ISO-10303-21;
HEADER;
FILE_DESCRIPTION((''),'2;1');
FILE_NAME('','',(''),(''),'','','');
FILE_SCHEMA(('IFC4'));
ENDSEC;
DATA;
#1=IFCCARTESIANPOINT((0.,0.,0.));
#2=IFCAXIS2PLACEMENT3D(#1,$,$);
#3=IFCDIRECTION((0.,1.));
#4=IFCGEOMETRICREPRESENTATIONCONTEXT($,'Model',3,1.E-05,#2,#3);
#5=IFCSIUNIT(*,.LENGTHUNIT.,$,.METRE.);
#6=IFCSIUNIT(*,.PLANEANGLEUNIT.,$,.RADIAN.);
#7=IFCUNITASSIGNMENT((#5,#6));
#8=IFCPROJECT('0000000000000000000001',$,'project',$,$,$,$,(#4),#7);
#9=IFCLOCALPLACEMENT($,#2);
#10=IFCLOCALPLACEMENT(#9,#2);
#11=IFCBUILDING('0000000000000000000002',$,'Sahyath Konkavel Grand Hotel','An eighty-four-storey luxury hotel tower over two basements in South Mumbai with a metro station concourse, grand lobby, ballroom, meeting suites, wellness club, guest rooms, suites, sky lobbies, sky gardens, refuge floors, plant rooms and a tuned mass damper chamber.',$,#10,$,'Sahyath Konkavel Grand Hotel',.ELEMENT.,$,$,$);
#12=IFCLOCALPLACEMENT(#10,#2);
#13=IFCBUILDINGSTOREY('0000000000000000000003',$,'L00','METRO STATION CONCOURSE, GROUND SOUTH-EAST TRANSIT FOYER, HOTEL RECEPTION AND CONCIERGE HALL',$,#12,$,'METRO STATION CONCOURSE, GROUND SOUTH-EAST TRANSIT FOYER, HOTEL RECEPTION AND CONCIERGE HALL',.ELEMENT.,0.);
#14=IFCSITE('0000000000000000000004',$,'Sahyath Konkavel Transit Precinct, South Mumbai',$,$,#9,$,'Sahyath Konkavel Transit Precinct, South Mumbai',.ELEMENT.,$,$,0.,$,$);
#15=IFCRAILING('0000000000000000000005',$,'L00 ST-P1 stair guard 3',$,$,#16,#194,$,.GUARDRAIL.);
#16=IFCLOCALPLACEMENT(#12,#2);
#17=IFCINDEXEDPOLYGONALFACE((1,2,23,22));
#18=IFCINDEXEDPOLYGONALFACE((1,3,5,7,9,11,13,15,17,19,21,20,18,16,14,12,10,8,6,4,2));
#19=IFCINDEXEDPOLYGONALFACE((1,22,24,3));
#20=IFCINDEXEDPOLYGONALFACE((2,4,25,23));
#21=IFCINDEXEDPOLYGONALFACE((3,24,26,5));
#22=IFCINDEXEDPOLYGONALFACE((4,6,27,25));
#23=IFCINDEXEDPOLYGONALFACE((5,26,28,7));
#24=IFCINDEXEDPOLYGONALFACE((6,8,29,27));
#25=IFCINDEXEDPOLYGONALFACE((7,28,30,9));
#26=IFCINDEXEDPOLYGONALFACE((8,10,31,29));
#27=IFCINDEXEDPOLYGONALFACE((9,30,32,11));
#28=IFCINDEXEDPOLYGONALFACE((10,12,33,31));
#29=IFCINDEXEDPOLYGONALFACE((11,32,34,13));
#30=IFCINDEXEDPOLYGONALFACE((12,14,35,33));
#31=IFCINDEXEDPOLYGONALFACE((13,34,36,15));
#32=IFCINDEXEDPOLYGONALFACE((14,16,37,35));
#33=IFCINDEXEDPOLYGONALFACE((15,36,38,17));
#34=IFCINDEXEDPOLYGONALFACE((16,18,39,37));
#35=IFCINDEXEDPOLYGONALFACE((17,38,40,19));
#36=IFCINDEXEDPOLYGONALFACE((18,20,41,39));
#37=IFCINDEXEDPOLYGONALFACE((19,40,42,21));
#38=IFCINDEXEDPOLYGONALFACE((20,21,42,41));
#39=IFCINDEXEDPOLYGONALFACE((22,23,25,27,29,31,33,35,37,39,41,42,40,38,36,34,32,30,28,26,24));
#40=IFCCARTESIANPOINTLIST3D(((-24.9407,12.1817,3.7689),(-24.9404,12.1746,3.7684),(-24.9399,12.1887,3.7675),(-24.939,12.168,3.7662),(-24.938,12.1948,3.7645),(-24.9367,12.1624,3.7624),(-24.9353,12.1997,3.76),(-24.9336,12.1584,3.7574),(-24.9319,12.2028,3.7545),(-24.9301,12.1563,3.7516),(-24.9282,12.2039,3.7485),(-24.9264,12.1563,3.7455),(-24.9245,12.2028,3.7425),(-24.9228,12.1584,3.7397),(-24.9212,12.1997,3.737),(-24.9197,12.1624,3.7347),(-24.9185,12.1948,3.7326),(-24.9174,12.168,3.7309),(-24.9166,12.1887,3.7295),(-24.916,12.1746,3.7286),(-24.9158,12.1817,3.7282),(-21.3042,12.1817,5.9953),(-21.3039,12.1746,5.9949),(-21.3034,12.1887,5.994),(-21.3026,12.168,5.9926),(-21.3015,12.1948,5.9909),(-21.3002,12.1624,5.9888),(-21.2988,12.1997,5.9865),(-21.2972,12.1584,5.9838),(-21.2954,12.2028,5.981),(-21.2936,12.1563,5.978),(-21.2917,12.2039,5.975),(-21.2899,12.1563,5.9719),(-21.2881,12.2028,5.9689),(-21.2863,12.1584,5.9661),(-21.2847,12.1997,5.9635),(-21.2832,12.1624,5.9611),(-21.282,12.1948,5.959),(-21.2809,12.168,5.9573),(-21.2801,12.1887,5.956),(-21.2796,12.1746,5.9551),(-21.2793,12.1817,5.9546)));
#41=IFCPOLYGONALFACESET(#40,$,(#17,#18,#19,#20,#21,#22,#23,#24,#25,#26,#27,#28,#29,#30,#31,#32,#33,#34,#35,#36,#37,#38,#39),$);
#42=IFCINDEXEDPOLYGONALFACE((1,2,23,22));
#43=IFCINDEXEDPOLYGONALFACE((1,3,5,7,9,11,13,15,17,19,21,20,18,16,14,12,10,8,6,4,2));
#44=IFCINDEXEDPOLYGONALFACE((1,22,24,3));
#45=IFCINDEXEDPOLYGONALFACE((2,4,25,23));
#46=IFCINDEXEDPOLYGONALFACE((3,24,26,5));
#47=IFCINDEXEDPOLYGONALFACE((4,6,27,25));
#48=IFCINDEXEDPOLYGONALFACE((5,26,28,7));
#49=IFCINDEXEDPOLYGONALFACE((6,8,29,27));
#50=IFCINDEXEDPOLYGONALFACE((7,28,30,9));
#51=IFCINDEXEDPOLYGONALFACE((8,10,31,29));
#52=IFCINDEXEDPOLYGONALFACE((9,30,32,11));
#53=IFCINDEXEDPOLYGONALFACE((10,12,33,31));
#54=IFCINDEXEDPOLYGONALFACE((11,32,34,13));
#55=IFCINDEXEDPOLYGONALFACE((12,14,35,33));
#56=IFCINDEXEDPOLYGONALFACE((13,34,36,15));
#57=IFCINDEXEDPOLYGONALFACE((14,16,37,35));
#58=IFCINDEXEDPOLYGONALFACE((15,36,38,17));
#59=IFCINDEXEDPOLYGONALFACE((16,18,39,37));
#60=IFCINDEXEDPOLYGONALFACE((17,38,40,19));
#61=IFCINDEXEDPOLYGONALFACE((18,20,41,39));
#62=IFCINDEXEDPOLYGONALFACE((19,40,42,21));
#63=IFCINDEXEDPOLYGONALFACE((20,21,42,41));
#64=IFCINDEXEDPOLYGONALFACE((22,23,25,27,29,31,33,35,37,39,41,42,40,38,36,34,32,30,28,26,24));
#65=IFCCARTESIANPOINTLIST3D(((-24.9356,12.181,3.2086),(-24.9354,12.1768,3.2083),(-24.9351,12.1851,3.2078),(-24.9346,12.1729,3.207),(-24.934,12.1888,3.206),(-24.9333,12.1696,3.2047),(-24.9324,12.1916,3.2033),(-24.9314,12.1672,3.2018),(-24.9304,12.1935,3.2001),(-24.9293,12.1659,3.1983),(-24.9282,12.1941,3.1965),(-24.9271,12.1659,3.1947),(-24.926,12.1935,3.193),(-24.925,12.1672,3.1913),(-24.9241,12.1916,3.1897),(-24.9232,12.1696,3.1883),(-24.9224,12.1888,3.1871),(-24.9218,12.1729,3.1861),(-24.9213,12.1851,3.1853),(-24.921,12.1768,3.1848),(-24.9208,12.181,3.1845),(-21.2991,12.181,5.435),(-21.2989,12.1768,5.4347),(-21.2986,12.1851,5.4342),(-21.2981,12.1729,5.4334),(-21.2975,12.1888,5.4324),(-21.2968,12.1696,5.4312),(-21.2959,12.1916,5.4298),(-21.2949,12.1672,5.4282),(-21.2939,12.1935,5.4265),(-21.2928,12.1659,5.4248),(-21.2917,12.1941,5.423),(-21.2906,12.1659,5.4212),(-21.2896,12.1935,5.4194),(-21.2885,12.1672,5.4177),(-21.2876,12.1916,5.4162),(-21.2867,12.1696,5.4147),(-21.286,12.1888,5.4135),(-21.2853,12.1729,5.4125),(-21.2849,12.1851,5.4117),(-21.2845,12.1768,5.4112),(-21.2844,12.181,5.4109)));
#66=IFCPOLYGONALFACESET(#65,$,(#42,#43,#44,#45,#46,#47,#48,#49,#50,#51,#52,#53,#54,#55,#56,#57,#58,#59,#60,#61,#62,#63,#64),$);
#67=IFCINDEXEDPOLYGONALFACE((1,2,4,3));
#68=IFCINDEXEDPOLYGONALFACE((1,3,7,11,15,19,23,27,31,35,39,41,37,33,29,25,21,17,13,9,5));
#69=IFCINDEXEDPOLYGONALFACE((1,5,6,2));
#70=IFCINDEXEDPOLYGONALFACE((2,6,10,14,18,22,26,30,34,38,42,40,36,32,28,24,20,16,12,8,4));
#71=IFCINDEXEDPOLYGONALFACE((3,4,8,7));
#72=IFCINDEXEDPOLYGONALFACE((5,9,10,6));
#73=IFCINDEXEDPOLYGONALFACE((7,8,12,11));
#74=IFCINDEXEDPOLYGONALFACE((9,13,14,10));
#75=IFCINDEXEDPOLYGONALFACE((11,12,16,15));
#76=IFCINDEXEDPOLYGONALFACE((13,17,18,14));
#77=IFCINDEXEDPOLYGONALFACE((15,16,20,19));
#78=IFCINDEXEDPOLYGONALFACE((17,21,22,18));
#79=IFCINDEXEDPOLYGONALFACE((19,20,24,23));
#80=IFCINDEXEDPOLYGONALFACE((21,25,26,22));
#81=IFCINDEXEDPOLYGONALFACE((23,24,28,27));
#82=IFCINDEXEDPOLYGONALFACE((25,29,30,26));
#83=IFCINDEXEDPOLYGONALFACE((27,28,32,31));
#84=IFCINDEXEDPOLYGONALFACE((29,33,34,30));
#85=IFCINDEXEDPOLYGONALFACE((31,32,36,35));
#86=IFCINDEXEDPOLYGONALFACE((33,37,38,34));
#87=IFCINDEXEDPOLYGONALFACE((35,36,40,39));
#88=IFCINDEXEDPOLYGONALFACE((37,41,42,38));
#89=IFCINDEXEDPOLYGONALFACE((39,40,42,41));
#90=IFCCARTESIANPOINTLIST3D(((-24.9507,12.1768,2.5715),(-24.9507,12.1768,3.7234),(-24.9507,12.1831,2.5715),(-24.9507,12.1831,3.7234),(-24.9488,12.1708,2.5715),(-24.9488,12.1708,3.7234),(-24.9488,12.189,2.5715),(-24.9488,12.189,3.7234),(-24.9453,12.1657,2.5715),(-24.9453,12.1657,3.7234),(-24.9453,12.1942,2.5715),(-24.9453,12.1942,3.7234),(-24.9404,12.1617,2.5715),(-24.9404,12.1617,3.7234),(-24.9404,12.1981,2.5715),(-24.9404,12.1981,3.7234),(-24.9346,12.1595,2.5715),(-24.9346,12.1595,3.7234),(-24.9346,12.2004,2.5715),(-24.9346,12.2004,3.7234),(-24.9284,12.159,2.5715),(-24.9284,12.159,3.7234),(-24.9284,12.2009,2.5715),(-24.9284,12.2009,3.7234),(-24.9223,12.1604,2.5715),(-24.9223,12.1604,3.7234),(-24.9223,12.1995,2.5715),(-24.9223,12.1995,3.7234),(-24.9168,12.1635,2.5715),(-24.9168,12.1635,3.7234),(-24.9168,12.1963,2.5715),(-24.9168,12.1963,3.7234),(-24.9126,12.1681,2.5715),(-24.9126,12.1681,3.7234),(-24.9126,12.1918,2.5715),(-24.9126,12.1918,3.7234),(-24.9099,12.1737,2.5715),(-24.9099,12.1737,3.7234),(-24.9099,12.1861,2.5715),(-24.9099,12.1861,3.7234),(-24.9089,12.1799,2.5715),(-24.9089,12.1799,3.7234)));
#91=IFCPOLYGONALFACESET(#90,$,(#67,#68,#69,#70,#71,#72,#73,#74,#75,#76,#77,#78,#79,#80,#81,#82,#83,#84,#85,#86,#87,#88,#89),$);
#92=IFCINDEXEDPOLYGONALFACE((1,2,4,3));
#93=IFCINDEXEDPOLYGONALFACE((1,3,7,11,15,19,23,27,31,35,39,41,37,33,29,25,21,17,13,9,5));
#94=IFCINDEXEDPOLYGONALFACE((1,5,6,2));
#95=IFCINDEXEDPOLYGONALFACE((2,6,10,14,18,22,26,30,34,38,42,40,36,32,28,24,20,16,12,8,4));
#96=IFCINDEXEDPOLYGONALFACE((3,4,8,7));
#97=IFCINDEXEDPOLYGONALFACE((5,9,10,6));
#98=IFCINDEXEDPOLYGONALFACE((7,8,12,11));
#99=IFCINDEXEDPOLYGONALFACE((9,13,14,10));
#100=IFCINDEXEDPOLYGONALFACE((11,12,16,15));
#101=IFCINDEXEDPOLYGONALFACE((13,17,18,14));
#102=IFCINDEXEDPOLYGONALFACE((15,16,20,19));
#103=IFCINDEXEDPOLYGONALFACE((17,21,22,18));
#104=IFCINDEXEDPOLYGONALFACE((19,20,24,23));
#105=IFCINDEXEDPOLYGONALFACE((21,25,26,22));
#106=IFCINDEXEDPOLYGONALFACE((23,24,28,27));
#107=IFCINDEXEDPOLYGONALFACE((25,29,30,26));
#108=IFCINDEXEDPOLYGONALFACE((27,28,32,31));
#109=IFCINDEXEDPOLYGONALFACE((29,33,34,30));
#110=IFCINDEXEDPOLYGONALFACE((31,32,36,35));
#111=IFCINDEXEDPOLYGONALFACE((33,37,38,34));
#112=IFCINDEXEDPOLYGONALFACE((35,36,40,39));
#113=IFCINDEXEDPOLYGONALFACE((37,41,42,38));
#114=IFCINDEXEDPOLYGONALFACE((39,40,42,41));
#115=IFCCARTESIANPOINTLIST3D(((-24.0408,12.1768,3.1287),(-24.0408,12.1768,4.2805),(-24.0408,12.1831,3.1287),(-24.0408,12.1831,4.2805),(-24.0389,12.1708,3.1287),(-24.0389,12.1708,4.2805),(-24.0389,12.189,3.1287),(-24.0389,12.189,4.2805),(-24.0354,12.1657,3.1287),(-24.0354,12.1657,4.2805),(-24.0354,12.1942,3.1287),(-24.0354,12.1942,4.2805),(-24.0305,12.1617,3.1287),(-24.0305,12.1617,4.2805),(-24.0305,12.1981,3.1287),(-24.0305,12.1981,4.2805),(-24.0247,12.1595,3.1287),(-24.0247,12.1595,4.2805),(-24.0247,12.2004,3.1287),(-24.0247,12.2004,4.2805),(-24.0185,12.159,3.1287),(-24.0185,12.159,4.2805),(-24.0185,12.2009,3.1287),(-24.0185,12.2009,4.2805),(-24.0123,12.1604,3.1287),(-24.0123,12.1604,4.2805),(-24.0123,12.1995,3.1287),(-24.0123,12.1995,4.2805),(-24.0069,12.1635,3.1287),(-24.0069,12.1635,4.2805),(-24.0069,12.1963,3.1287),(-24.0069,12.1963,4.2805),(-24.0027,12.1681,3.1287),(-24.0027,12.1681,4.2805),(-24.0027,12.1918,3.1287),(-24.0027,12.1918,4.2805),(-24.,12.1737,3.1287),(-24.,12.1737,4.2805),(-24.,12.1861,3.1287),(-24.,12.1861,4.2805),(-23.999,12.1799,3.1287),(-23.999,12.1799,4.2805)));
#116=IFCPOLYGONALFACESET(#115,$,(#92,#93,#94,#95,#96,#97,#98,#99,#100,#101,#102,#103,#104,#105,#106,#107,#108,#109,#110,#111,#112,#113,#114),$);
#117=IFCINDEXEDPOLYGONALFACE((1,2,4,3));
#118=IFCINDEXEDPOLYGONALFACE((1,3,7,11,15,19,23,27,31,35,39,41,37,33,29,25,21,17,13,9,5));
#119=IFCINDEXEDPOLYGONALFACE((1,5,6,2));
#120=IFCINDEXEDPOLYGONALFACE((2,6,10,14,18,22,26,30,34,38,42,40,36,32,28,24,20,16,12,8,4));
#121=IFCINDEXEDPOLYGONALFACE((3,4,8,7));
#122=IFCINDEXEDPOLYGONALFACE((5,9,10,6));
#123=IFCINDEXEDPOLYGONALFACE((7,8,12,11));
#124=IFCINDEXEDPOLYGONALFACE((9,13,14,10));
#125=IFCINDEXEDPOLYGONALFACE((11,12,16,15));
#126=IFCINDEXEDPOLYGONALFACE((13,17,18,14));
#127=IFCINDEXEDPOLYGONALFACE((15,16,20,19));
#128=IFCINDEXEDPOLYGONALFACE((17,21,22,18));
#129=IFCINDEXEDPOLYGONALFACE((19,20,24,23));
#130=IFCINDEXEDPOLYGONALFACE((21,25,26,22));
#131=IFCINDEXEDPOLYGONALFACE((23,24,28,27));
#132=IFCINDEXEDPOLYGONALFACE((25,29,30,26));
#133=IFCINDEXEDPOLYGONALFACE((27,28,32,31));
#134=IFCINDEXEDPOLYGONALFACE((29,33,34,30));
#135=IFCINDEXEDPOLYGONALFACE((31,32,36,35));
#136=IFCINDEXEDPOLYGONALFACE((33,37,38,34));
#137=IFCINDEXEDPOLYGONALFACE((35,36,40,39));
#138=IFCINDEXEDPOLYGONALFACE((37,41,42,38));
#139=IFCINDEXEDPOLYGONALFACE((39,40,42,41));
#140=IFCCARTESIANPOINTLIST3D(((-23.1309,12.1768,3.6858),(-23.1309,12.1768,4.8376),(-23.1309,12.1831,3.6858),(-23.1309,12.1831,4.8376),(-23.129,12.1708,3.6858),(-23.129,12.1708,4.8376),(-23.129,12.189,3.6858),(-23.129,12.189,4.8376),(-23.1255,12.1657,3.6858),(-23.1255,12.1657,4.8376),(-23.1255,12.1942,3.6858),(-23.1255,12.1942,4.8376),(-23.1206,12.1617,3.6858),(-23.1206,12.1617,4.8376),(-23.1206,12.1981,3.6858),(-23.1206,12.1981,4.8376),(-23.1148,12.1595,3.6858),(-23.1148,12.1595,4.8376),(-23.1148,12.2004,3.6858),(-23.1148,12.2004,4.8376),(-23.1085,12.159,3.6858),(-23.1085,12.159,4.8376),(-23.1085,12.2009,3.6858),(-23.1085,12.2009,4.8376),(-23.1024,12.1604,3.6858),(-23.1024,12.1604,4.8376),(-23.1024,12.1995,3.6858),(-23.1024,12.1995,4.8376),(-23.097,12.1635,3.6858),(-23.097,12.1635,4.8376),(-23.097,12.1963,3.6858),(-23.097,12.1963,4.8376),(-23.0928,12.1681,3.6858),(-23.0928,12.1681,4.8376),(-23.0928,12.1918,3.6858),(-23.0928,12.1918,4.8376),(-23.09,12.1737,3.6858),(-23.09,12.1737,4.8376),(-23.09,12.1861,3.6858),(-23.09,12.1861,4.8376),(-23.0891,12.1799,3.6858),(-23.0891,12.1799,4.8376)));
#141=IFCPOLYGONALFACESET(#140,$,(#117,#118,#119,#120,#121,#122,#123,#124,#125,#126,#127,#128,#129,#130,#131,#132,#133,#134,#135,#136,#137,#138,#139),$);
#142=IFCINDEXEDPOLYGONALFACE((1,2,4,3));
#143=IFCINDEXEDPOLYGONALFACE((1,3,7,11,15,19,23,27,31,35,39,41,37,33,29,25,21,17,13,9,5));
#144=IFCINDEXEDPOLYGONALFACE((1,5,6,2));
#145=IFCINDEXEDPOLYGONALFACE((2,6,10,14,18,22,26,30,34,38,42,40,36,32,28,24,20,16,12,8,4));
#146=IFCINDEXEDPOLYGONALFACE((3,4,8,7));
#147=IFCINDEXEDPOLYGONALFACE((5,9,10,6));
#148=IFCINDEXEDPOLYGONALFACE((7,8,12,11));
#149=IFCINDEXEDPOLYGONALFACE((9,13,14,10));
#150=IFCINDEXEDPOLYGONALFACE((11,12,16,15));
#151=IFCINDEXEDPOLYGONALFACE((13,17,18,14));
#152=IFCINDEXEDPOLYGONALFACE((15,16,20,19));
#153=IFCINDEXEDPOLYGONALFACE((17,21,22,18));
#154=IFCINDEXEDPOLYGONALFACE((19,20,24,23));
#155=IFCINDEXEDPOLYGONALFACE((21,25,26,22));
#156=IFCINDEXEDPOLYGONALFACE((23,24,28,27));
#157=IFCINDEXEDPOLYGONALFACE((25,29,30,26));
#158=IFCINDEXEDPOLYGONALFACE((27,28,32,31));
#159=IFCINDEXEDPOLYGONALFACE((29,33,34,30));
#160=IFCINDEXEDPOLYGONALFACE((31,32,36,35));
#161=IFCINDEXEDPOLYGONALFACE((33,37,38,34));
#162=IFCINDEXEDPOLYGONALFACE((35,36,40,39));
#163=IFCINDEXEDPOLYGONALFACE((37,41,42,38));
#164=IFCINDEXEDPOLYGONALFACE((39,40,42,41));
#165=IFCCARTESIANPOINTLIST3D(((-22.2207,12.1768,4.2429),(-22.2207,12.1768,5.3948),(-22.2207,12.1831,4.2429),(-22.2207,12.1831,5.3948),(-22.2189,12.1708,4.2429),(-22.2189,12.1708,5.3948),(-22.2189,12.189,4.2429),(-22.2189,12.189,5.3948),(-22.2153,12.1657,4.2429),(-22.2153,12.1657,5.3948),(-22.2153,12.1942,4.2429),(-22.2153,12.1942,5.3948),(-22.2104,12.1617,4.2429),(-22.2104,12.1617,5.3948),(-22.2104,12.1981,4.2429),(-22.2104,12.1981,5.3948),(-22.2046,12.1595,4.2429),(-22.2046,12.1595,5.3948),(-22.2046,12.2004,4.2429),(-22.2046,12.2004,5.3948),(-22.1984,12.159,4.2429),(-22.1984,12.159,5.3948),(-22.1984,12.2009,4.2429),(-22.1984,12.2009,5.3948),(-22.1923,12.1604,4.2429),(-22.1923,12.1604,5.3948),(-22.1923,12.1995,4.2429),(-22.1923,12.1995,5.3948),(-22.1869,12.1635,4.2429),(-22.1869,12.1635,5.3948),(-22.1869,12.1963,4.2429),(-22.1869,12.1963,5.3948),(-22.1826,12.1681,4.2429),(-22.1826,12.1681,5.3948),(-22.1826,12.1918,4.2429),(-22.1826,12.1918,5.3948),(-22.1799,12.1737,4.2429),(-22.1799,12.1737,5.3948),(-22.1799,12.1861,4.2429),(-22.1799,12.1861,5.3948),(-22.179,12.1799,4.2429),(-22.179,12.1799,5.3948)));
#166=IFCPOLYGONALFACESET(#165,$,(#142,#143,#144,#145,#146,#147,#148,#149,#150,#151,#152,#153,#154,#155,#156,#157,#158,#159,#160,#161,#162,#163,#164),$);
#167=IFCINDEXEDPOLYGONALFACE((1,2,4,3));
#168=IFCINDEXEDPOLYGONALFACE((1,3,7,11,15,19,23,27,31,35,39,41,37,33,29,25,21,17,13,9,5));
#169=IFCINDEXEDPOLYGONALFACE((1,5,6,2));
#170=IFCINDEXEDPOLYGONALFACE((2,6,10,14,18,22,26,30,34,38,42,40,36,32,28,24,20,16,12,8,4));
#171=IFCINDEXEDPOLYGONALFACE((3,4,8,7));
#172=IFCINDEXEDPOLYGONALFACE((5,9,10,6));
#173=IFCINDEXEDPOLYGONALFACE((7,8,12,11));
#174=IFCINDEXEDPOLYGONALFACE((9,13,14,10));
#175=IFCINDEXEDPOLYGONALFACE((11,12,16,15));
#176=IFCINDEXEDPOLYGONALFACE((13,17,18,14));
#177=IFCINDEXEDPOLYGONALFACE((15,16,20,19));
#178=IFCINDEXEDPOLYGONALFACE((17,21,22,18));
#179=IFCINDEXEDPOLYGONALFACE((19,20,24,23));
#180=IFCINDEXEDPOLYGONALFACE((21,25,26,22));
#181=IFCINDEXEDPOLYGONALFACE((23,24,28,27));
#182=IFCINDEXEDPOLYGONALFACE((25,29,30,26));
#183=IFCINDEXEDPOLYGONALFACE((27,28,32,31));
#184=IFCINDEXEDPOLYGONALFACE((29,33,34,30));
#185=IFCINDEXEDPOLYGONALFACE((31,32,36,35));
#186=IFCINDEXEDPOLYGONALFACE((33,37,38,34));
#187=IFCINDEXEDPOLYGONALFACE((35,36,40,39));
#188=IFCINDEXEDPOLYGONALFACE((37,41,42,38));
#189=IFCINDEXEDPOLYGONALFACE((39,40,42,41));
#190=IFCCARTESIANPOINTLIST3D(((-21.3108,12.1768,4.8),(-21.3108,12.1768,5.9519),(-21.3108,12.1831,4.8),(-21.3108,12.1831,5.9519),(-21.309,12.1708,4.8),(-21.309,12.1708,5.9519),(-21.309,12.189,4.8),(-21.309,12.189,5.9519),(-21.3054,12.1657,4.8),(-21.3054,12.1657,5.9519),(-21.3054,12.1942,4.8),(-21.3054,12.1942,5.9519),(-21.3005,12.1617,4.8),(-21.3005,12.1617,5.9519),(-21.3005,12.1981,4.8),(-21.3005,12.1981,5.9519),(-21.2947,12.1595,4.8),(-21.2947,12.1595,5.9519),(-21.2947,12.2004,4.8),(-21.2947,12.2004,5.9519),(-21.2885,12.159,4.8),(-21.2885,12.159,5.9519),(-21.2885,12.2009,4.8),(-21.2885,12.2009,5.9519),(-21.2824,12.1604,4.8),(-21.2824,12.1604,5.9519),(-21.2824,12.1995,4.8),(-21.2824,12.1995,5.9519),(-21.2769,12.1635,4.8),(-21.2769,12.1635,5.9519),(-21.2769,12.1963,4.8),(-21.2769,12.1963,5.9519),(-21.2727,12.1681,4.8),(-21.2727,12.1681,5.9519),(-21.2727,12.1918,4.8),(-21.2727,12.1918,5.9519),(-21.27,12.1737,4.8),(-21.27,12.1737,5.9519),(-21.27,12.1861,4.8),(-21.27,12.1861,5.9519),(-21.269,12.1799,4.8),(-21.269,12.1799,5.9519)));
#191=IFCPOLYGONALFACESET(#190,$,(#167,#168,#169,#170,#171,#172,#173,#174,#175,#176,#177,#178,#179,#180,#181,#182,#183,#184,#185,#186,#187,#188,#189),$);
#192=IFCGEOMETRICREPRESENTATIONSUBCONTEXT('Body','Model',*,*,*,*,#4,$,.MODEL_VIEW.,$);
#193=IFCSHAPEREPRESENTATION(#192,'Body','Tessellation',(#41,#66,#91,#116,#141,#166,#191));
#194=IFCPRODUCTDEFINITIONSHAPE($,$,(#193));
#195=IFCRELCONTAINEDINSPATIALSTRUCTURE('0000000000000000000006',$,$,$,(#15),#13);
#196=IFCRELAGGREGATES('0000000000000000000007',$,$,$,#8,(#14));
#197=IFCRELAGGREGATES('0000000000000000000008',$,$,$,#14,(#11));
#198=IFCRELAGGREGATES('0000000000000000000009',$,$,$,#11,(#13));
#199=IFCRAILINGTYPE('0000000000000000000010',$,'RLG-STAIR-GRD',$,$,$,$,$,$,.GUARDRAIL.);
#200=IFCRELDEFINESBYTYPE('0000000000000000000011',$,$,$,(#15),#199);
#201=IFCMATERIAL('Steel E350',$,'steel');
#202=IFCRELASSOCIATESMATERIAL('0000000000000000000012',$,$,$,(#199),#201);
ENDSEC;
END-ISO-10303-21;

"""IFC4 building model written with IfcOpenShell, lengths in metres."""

from ifc_helpers import new_model, si_unit, direction, frame, origin, origin_2d, place, context, subcontext, project, spatial, circle, extrude, material, type_object, element, save


model = new_model("IFC4")

# Units and contexts
model_context = context("Model", 3, precision=1e-05, world=origin(), true_north=direction((0.0, 1.0)))
body_context = subcontext(model_context, "Body", "Model", "MODEL_VIEW")
ifc_project = project(units=[si_unit("LENGTHUNIT", "METRE"), si_unit("PLANEANGLEUNIT", "RADIAN")], contexts=[model_context])

# Site, building, storey
site_placement = place(None, origin())
site = spatial("IfcSite", under=ifc_project, at=site_placement, Name="Sahyath Konkavel Transit Precinct, South Mumbai", LongName="Sahyath Konkavel Transit Precinct, South Mumbai", CompositionType="ELEMENT", RefElevation=0.0)
building_placement = place(site_placement, origin())
building = spatial("IfcBuilding", under=site, at=building_placement, Name="Sahyath Konkavel Grand Hotel", Description="An eighty-four-storey luxury hotel tower over two basements in South Mumbai with a metro station concourse, grand lobby, ballroom, meeting suites, wellness club, guest rooms, suites, sky lobbies, sky gardens, refuge floors, plant rooms and a tuned mass damper chamber.", LongName="Sahyath Konkavel Grand Hotel", CompositionType="ELEMENT")
storey_placement = place(building_placement, origin())
storey = spatial("IfcBuildingStorey", under=building, at=storey_placement, Name="L00", Description="METRO STATION CONCOURSE, GROUND SOUTH-EAST TRANSIT FOYER, HOTEL RECEPTION AND CONCIERGE HALL", LongName="METRO STATION CONCOURSE, GROUND SOUTH-EAST TRANSIT FOYER, HOTEL RECEPTION AND CONCIERGE HALL", CompositionType="ELEMENT", Elevation=0.0)

# Shared definitions
ifc_material_1 = material(Name="Steel E350", Category="steel")

# Railing
railing_type_1 = type_object("IfcRailingType", Name="RLG-STAIR-GRD", PredefinedType="GUARDRAIL", material=ifc_material_1)
railing_1_placement = place(storey_placement, frame((-24.9299, 12.1799, 2.5715)))
element("IfcRailing", 1, at=railing_1_placement, inside=storey, type_object=railing_type_1, Name="L00 ST-P1 stair guard 3", PredefinedType="GUARDRAIL", context=body_context, shape_type="SweptSolid", body=[
    extrude(circle(Radius=0.0239, at=origin_2d()), frame((0.0017, 0.0, 1.177), z_axis=(0.85285, 0.0, 0.522156), x_axis=(0.0, 1.0, 0.0)), (0.0, 0.0, 1.0), 4.2639),
    extrude(circle(Radius=0.0142, at=origin_2d()), frame((0.0017, 0.0, 0.625), z_axis=(0.85285, 0.0, 0.522156), x_axis=(0.0, 1.0, 0.0)), (0.0, 0.0, 1.0), 4.2639),
    extrude(circle(Radius=0.021, at=origin_2d()), origin(), (0.0, 0.0, 1.0), 1.1519),
    extrude(circle(Radius=0.021, at=origin_2d()), frame((0.9099, 0.0, 0.5571)), (0.0, 0.0, 1.0), 1.1519),
    extrude(circle(Radius=0.021, at=origin_2d()), frame((1.8198, 0.0, 1.1143)), (0.0, 0.0, 1.0), 1.1519),
    extrude(circle(Radius=0.021, at=origin_2d()), frame((2.73, 0.0, 1.6714)), (0.0, 0.0, 1.0), 1.1519),
    extrude(circle(Radius=0.021, at=origin_2d()), frame((3.6399, 0.0, 2.2285)), (0.0, 0.0, 1.0), 1.1519),
])

save(model, "model.ifc")
